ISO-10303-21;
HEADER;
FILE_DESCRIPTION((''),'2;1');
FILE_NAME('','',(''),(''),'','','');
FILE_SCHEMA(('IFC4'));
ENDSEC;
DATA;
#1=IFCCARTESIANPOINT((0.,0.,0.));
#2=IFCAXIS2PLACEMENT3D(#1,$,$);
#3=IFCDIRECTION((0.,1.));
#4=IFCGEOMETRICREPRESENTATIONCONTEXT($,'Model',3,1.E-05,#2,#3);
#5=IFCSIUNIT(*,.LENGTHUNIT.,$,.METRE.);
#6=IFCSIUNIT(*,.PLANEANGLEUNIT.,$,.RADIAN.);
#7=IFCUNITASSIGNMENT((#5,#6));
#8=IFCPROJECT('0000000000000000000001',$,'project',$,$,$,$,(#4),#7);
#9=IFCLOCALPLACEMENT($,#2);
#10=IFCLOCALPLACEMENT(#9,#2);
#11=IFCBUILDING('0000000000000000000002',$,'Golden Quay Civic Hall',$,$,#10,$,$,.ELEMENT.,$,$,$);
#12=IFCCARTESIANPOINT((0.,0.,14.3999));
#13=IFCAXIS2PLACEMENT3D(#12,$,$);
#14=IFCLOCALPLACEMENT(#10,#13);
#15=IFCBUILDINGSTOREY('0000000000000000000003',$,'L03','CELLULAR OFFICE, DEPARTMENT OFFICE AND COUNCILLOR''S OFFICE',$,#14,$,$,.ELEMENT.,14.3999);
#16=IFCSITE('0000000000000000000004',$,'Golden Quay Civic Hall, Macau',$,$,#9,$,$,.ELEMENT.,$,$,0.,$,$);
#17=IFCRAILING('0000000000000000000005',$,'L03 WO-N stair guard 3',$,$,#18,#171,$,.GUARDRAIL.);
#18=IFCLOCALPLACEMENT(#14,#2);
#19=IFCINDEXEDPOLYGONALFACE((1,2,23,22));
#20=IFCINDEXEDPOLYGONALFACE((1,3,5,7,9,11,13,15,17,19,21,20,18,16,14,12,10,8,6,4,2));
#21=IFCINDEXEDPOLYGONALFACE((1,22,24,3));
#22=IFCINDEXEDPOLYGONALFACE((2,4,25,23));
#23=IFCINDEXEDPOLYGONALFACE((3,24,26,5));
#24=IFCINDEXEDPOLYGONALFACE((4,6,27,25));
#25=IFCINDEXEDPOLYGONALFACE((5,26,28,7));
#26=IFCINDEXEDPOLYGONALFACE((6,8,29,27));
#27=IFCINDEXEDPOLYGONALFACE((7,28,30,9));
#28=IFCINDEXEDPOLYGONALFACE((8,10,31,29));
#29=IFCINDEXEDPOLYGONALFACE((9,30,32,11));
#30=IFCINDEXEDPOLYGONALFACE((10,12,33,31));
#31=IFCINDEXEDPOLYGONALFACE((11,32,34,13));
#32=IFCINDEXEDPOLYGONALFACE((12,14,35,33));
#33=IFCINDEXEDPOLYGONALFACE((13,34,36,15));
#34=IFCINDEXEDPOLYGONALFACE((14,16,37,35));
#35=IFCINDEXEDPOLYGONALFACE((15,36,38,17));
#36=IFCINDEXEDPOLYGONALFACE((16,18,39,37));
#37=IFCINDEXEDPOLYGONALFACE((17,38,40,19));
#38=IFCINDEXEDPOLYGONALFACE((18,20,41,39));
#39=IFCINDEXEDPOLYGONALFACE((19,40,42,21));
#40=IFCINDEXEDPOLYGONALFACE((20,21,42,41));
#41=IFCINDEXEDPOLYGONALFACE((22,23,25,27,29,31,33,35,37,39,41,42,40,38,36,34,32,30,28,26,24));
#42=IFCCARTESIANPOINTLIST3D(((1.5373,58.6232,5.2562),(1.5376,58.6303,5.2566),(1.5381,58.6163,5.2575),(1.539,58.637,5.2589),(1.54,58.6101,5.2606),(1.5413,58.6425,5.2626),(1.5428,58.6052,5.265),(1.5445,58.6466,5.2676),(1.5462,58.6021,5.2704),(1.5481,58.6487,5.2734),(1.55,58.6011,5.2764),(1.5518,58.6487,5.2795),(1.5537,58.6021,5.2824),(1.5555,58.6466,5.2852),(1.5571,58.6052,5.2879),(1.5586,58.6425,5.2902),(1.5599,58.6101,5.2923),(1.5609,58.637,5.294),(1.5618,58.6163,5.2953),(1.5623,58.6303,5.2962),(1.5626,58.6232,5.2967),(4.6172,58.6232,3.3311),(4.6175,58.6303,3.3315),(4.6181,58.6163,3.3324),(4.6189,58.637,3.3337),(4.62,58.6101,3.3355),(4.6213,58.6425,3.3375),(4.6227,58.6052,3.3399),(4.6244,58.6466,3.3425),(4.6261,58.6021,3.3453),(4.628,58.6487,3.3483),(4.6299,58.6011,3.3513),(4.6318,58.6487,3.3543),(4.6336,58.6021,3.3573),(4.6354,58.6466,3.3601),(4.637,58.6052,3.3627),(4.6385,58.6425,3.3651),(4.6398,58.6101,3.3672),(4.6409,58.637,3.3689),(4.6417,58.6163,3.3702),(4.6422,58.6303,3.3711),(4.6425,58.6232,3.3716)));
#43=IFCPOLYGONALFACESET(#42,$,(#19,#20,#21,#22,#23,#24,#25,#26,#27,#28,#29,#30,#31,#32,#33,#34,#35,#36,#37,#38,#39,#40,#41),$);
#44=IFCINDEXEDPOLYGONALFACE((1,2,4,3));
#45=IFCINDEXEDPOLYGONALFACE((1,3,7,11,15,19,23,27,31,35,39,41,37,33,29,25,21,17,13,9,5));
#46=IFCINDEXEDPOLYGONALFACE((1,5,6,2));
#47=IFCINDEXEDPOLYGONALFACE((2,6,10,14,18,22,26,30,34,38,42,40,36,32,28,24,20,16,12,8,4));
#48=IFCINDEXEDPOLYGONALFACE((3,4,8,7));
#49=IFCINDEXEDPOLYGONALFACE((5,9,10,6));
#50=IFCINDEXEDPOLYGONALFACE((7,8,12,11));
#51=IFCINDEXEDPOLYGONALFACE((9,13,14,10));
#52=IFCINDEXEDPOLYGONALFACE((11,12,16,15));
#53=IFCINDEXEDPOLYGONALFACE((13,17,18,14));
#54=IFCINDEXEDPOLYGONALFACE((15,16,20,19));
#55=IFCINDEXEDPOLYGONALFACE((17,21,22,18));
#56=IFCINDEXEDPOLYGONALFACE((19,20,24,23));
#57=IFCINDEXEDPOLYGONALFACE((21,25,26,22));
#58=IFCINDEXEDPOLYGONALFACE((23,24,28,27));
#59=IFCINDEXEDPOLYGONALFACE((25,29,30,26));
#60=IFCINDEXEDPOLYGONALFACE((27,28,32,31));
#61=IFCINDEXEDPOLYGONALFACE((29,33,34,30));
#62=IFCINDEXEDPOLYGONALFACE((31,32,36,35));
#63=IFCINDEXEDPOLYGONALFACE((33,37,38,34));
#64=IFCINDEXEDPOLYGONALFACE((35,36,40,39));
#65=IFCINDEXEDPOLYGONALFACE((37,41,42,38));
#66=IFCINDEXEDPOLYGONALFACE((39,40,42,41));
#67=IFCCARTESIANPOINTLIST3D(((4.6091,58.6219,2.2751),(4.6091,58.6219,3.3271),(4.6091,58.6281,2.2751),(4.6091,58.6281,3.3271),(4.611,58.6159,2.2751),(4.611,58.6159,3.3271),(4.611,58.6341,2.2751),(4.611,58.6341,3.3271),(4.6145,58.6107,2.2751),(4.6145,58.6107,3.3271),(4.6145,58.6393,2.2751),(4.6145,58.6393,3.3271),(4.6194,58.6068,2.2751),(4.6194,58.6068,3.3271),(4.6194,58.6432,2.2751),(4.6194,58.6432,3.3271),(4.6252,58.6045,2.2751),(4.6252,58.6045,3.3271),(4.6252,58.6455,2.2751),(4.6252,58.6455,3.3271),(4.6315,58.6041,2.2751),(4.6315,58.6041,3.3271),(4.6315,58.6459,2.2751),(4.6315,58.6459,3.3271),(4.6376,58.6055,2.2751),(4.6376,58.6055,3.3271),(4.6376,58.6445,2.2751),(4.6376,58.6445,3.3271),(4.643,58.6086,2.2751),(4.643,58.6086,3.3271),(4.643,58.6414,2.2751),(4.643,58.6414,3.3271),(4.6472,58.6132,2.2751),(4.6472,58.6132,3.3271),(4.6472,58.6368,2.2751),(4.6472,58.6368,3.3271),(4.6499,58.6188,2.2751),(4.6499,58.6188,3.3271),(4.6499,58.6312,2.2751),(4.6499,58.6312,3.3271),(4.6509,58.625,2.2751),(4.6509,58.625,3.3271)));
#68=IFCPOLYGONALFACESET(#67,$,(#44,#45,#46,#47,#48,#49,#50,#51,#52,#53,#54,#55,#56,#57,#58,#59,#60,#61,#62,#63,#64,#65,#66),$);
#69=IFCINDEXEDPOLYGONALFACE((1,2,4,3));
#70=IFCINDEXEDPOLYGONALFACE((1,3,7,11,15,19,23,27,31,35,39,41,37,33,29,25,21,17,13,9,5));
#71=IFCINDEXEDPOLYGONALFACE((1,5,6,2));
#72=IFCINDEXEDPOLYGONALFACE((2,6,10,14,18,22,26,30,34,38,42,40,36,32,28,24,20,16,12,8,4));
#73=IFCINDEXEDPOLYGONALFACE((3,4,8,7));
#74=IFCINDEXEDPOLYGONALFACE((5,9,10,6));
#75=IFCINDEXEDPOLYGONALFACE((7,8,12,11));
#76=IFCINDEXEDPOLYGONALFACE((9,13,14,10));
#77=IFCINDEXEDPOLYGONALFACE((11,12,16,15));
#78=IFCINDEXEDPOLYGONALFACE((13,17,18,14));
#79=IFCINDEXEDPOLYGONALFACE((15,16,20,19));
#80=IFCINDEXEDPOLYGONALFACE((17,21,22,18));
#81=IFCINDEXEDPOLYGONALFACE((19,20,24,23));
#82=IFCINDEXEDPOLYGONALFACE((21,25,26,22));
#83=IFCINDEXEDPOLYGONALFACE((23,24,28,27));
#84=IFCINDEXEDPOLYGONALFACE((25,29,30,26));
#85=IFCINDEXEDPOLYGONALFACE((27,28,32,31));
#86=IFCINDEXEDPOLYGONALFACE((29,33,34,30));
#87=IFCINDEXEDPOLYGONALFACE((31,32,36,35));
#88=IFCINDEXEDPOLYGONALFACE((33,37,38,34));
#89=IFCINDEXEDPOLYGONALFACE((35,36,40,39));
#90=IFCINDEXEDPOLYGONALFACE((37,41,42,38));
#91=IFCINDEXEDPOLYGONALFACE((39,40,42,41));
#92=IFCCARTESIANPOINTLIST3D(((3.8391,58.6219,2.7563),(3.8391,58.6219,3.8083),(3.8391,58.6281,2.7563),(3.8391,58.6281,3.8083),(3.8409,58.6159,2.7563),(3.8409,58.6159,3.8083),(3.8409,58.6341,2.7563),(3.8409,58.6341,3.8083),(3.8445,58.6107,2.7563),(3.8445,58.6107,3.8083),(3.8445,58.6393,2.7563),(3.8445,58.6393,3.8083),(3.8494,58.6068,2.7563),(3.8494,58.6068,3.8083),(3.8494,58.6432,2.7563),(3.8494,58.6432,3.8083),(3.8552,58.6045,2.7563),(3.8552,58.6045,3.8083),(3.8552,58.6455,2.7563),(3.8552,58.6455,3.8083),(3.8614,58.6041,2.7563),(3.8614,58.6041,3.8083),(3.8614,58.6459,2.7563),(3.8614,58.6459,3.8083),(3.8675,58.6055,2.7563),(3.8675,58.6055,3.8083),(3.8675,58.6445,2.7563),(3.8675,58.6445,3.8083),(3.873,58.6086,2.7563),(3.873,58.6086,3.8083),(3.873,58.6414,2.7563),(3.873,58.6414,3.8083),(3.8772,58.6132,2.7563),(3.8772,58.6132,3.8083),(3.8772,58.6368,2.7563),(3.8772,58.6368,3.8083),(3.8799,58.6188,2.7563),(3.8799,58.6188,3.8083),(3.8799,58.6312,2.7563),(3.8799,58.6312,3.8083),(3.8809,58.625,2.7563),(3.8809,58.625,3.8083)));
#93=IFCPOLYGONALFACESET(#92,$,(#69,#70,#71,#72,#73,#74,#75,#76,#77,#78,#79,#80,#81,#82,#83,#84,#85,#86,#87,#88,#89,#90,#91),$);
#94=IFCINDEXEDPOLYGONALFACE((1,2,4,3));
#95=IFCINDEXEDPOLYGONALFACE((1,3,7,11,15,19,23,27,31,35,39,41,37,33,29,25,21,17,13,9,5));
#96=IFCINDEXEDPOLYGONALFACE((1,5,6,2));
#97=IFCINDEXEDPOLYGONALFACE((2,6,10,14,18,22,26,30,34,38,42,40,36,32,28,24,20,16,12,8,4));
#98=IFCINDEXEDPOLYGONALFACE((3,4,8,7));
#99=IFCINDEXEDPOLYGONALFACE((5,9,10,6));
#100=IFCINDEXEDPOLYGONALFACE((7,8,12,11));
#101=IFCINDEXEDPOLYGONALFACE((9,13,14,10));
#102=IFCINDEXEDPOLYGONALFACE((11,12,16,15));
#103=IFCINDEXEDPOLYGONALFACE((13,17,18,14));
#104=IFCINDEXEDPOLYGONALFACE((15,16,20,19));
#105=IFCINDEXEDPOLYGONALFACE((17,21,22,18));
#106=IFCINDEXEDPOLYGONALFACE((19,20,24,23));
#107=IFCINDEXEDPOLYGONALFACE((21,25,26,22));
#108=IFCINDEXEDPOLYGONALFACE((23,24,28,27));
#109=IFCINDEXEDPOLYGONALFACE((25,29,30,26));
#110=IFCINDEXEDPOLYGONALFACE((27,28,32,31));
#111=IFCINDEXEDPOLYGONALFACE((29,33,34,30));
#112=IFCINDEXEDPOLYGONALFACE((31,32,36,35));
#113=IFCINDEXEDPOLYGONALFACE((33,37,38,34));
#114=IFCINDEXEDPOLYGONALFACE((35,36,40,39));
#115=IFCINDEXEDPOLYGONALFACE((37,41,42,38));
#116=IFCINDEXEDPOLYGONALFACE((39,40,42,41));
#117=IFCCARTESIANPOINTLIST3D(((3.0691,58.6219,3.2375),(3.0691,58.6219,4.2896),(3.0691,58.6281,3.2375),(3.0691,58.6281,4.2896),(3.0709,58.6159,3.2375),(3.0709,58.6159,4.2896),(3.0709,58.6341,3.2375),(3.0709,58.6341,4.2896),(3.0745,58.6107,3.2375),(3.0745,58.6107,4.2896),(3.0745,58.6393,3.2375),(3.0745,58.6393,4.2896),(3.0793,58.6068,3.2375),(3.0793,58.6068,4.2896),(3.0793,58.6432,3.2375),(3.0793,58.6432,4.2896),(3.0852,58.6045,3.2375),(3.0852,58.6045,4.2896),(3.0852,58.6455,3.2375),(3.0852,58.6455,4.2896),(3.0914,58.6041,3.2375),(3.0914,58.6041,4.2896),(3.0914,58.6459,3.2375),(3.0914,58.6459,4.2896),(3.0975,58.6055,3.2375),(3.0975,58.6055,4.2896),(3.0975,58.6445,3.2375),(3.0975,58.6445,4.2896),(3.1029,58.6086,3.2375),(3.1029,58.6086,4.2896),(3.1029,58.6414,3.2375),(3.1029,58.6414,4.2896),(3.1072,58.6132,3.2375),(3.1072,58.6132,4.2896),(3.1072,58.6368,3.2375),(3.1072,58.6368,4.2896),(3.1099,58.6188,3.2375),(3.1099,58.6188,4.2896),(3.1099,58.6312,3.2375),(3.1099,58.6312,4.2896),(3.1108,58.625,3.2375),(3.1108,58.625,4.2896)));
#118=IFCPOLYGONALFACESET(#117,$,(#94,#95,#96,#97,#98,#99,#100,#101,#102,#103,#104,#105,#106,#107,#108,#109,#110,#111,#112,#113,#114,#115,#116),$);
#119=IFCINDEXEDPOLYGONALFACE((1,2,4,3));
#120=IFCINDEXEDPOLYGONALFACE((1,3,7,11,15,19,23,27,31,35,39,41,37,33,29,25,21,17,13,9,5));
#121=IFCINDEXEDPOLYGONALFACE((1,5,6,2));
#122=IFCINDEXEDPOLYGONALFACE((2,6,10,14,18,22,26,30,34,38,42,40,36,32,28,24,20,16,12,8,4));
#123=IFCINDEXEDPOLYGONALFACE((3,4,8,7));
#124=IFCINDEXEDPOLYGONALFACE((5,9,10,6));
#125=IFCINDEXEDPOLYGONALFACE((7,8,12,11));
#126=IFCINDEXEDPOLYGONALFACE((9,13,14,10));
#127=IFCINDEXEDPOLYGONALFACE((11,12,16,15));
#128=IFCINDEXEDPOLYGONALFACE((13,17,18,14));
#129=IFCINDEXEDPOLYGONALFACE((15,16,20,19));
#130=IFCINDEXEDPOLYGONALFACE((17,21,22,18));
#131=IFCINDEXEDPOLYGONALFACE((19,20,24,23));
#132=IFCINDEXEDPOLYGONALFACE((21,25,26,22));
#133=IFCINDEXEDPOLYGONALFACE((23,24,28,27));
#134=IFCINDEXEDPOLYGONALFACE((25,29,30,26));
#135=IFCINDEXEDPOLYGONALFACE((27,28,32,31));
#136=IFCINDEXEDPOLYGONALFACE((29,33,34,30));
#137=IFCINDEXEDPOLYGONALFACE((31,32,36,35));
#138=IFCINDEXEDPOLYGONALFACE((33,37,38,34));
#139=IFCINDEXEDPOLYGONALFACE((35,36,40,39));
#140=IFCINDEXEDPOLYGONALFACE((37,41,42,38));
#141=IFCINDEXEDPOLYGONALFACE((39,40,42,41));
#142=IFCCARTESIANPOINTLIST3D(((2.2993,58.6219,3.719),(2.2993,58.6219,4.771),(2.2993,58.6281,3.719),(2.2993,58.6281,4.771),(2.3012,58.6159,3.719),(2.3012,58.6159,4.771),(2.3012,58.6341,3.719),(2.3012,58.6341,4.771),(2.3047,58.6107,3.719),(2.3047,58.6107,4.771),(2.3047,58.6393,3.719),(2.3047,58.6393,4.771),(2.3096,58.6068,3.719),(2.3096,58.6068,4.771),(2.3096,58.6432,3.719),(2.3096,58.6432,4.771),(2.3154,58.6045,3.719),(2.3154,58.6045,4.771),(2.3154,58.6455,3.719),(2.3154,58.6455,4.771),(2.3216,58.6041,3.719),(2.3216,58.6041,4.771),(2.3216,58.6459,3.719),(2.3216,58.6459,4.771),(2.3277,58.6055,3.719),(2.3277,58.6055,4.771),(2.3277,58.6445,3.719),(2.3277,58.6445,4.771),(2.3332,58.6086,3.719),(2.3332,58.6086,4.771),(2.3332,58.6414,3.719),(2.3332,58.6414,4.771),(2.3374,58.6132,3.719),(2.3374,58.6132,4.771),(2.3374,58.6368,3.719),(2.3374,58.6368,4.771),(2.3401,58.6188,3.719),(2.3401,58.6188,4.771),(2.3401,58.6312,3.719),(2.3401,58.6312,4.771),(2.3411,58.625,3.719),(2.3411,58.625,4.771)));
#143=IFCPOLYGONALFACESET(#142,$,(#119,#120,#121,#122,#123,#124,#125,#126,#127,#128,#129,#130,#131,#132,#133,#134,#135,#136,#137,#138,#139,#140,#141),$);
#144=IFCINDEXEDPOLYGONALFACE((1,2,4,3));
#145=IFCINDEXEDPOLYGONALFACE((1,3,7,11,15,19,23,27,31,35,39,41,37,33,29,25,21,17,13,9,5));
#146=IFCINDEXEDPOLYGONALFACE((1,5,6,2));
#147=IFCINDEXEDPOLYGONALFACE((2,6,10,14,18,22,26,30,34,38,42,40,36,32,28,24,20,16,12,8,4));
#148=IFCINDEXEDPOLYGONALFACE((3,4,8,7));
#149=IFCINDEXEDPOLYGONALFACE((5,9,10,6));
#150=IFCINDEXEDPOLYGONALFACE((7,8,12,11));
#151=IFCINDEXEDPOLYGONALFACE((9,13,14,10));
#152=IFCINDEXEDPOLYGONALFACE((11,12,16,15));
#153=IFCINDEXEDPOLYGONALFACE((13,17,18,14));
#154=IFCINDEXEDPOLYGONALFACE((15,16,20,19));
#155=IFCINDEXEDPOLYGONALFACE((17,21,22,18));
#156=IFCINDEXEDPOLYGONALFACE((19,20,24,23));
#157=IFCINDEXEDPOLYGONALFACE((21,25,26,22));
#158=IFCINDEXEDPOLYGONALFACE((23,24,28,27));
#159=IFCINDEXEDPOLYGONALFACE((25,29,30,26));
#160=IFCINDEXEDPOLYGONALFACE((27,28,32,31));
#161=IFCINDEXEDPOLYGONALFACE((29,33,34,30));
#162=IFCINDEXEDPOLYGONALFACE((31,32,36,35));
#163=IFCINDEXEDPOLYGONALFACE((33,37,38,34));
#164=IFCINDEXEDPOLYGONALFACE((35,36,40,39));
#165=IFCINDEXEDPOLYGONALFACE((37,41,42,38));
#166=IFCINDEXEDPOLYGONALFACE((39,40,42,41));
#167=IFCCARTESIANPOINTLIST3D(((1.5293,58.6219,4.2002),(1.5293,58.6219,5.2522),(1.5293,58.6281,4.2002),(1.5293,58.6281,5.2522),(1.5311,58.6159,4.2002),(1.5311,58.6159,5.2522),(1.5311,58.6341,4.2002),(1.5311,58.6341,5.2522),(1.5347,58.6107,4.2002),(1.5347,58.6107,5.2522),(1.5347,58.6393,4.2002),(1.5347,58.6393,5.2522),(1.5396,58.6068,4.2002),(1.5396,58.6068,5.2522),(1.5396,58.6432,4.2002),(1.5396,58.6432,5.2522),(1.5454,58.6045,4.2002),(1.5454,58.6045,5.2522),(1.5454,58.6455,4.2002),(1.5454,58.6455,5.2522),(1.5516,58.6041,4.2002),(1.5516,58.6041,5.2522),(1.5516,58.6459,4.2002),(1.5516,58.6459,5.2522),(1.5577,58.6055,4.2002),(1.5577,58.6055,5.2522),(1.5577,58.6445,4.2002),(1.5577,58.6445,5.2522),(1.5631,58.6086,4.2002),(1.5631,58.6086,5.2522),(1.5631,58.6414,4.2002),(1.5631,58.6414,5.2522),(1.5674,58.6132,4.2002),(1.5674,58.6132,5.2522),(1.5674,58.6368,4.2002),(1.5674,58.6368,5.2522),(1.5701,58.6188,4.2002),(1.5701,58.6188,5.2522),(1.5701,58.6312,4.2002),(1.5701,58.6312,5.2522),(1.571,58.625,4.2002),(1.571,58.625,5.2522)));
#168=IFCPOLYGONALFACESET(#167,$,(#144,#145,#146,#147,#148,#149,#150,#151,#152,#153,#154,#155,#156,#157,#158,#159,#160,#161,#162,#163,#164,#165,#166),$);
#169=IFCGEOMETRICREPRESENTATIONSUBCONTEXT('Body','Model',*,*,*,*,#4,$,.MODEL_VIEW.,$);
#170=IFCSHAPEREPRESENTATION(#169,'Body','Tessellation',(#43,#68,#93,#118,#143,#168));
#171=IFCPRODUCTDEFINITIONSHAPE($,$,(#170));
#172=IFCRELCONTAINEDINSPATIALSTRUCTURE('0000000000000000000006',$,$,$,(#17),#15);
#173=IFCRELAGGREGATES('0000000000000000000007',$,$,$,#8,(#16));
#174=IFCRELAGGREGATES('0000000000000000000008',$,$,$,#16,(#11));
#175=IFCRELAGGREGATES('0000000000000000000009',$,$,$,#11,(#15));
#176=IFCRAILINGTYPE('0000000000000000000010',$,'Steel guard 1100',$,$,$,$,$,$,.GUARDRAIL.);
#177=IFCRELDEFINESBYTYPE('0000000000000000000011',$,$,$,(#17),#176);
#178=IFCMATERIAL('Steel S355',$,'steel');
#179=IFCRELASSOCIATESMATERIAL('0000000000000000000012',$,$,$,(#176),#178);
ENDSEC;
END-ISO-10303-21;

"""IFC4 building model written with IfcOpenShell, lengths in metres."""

from ifc_helpers import new_model, si_unit, direction, frame, origin, origin_2d, place, context, subcontext, project, spatial, circle, extrude, material, type_object, element, save


model = new_model("IFC4")

# Units and contexts
model_context = context("Model", 3, precision=1e-05, world=origin(), true_north=direction((0.0, 1.0)))
body_context = subcontext(model_context, "Body", "Model", "MODEL_VIEW")
ifc_project = project(units=[si_unit("LENGTHUNIT", "METRE"), si_unit("PLANEANGLEUNIT", "RADIAN")], contexts=[model_context])

# Site, building, storey
site_placement = place(None, origin())
site = spatial("IfcSite", under=ifc_project, at=site_placement, Name="Golden Quay Civic Hall, Macau", CompositionType="ELEMENT", RefElevation=0.0)
building_placement = place(site_placement, origin())
building = spatial("IfcBuilding", under=site, at=building_placement, Name="Golden Quay Civic Hall", CompositionType="ELEMENT")
storey_placement = place(building_placement, frame((0.0, 0.0, 14.3999)))
storey = spatial("IfcBuildingStorey", under=building, at=storey_placement, Name="L03", Description="CELLULAR OFFICE, DEPARTMENT OFFICE AND COUNCILLOR'S OFFICE", CompositionType="ELEMENT", Elevation=14.3999)

# Railing
ifc_material_1 = material(Name="Steel S355", Category="steel")
railing_type_1 = type_object("IfcRailingType", Name="Steel guard 1100", PredefinedType="GUARDRAIL", material=ifc_material_1)
railing_1_placement = place(storey_placement, frame((4.6299, 58.625, 2.2751)))
element("IfcRailing", 1, at=railing_1_placement, inside=storey, type_object=railing_type_1, Name="L03 WO-N stair guard 3", PredefinedType="GUARDRAIL", context=body_context, shape_type="SweptSolid", body=[
    extrude(circle(Radius=0.0239, at=origin_2d()), frame((0.0, 0.0, 1.0762), z_axis=(-0.847979, 0.0, 0.530029), x_axis=(0.0, -1.0, 0.0)), (0.0, 0.0, 1.0), 3.6321),
    extrude(circle(Radius=0.021, at=origin_2d()), origin(), (0.0, 0.0, 1.0), 1.052),
    extrude(circle(Radius=0.021, at=origin_2d()), frame((-0.77, 0.0, 0.4812)), (0.0, 0.0, 1.0), 1.052),
    extrude(circle(Radius=0.021, at=origin_2d()), frame((-1.54, 0.0, 0.9624)), (0.0, 0.0, 1.0), 1.052),
    extrude(circle(Radius=0.021, at=origin_2d()), frame((-2.3098, 0.0, 1.4438)), (0.0, 0.0, 1.0), 1.052),
    extrude(circle(Radius=0.021, at=origin_2d()), frame((-3.0798, 0.0, 1.925)), (0.0, 0.0, 1.0), 1.052),
])

save(model, "model.ifc")
